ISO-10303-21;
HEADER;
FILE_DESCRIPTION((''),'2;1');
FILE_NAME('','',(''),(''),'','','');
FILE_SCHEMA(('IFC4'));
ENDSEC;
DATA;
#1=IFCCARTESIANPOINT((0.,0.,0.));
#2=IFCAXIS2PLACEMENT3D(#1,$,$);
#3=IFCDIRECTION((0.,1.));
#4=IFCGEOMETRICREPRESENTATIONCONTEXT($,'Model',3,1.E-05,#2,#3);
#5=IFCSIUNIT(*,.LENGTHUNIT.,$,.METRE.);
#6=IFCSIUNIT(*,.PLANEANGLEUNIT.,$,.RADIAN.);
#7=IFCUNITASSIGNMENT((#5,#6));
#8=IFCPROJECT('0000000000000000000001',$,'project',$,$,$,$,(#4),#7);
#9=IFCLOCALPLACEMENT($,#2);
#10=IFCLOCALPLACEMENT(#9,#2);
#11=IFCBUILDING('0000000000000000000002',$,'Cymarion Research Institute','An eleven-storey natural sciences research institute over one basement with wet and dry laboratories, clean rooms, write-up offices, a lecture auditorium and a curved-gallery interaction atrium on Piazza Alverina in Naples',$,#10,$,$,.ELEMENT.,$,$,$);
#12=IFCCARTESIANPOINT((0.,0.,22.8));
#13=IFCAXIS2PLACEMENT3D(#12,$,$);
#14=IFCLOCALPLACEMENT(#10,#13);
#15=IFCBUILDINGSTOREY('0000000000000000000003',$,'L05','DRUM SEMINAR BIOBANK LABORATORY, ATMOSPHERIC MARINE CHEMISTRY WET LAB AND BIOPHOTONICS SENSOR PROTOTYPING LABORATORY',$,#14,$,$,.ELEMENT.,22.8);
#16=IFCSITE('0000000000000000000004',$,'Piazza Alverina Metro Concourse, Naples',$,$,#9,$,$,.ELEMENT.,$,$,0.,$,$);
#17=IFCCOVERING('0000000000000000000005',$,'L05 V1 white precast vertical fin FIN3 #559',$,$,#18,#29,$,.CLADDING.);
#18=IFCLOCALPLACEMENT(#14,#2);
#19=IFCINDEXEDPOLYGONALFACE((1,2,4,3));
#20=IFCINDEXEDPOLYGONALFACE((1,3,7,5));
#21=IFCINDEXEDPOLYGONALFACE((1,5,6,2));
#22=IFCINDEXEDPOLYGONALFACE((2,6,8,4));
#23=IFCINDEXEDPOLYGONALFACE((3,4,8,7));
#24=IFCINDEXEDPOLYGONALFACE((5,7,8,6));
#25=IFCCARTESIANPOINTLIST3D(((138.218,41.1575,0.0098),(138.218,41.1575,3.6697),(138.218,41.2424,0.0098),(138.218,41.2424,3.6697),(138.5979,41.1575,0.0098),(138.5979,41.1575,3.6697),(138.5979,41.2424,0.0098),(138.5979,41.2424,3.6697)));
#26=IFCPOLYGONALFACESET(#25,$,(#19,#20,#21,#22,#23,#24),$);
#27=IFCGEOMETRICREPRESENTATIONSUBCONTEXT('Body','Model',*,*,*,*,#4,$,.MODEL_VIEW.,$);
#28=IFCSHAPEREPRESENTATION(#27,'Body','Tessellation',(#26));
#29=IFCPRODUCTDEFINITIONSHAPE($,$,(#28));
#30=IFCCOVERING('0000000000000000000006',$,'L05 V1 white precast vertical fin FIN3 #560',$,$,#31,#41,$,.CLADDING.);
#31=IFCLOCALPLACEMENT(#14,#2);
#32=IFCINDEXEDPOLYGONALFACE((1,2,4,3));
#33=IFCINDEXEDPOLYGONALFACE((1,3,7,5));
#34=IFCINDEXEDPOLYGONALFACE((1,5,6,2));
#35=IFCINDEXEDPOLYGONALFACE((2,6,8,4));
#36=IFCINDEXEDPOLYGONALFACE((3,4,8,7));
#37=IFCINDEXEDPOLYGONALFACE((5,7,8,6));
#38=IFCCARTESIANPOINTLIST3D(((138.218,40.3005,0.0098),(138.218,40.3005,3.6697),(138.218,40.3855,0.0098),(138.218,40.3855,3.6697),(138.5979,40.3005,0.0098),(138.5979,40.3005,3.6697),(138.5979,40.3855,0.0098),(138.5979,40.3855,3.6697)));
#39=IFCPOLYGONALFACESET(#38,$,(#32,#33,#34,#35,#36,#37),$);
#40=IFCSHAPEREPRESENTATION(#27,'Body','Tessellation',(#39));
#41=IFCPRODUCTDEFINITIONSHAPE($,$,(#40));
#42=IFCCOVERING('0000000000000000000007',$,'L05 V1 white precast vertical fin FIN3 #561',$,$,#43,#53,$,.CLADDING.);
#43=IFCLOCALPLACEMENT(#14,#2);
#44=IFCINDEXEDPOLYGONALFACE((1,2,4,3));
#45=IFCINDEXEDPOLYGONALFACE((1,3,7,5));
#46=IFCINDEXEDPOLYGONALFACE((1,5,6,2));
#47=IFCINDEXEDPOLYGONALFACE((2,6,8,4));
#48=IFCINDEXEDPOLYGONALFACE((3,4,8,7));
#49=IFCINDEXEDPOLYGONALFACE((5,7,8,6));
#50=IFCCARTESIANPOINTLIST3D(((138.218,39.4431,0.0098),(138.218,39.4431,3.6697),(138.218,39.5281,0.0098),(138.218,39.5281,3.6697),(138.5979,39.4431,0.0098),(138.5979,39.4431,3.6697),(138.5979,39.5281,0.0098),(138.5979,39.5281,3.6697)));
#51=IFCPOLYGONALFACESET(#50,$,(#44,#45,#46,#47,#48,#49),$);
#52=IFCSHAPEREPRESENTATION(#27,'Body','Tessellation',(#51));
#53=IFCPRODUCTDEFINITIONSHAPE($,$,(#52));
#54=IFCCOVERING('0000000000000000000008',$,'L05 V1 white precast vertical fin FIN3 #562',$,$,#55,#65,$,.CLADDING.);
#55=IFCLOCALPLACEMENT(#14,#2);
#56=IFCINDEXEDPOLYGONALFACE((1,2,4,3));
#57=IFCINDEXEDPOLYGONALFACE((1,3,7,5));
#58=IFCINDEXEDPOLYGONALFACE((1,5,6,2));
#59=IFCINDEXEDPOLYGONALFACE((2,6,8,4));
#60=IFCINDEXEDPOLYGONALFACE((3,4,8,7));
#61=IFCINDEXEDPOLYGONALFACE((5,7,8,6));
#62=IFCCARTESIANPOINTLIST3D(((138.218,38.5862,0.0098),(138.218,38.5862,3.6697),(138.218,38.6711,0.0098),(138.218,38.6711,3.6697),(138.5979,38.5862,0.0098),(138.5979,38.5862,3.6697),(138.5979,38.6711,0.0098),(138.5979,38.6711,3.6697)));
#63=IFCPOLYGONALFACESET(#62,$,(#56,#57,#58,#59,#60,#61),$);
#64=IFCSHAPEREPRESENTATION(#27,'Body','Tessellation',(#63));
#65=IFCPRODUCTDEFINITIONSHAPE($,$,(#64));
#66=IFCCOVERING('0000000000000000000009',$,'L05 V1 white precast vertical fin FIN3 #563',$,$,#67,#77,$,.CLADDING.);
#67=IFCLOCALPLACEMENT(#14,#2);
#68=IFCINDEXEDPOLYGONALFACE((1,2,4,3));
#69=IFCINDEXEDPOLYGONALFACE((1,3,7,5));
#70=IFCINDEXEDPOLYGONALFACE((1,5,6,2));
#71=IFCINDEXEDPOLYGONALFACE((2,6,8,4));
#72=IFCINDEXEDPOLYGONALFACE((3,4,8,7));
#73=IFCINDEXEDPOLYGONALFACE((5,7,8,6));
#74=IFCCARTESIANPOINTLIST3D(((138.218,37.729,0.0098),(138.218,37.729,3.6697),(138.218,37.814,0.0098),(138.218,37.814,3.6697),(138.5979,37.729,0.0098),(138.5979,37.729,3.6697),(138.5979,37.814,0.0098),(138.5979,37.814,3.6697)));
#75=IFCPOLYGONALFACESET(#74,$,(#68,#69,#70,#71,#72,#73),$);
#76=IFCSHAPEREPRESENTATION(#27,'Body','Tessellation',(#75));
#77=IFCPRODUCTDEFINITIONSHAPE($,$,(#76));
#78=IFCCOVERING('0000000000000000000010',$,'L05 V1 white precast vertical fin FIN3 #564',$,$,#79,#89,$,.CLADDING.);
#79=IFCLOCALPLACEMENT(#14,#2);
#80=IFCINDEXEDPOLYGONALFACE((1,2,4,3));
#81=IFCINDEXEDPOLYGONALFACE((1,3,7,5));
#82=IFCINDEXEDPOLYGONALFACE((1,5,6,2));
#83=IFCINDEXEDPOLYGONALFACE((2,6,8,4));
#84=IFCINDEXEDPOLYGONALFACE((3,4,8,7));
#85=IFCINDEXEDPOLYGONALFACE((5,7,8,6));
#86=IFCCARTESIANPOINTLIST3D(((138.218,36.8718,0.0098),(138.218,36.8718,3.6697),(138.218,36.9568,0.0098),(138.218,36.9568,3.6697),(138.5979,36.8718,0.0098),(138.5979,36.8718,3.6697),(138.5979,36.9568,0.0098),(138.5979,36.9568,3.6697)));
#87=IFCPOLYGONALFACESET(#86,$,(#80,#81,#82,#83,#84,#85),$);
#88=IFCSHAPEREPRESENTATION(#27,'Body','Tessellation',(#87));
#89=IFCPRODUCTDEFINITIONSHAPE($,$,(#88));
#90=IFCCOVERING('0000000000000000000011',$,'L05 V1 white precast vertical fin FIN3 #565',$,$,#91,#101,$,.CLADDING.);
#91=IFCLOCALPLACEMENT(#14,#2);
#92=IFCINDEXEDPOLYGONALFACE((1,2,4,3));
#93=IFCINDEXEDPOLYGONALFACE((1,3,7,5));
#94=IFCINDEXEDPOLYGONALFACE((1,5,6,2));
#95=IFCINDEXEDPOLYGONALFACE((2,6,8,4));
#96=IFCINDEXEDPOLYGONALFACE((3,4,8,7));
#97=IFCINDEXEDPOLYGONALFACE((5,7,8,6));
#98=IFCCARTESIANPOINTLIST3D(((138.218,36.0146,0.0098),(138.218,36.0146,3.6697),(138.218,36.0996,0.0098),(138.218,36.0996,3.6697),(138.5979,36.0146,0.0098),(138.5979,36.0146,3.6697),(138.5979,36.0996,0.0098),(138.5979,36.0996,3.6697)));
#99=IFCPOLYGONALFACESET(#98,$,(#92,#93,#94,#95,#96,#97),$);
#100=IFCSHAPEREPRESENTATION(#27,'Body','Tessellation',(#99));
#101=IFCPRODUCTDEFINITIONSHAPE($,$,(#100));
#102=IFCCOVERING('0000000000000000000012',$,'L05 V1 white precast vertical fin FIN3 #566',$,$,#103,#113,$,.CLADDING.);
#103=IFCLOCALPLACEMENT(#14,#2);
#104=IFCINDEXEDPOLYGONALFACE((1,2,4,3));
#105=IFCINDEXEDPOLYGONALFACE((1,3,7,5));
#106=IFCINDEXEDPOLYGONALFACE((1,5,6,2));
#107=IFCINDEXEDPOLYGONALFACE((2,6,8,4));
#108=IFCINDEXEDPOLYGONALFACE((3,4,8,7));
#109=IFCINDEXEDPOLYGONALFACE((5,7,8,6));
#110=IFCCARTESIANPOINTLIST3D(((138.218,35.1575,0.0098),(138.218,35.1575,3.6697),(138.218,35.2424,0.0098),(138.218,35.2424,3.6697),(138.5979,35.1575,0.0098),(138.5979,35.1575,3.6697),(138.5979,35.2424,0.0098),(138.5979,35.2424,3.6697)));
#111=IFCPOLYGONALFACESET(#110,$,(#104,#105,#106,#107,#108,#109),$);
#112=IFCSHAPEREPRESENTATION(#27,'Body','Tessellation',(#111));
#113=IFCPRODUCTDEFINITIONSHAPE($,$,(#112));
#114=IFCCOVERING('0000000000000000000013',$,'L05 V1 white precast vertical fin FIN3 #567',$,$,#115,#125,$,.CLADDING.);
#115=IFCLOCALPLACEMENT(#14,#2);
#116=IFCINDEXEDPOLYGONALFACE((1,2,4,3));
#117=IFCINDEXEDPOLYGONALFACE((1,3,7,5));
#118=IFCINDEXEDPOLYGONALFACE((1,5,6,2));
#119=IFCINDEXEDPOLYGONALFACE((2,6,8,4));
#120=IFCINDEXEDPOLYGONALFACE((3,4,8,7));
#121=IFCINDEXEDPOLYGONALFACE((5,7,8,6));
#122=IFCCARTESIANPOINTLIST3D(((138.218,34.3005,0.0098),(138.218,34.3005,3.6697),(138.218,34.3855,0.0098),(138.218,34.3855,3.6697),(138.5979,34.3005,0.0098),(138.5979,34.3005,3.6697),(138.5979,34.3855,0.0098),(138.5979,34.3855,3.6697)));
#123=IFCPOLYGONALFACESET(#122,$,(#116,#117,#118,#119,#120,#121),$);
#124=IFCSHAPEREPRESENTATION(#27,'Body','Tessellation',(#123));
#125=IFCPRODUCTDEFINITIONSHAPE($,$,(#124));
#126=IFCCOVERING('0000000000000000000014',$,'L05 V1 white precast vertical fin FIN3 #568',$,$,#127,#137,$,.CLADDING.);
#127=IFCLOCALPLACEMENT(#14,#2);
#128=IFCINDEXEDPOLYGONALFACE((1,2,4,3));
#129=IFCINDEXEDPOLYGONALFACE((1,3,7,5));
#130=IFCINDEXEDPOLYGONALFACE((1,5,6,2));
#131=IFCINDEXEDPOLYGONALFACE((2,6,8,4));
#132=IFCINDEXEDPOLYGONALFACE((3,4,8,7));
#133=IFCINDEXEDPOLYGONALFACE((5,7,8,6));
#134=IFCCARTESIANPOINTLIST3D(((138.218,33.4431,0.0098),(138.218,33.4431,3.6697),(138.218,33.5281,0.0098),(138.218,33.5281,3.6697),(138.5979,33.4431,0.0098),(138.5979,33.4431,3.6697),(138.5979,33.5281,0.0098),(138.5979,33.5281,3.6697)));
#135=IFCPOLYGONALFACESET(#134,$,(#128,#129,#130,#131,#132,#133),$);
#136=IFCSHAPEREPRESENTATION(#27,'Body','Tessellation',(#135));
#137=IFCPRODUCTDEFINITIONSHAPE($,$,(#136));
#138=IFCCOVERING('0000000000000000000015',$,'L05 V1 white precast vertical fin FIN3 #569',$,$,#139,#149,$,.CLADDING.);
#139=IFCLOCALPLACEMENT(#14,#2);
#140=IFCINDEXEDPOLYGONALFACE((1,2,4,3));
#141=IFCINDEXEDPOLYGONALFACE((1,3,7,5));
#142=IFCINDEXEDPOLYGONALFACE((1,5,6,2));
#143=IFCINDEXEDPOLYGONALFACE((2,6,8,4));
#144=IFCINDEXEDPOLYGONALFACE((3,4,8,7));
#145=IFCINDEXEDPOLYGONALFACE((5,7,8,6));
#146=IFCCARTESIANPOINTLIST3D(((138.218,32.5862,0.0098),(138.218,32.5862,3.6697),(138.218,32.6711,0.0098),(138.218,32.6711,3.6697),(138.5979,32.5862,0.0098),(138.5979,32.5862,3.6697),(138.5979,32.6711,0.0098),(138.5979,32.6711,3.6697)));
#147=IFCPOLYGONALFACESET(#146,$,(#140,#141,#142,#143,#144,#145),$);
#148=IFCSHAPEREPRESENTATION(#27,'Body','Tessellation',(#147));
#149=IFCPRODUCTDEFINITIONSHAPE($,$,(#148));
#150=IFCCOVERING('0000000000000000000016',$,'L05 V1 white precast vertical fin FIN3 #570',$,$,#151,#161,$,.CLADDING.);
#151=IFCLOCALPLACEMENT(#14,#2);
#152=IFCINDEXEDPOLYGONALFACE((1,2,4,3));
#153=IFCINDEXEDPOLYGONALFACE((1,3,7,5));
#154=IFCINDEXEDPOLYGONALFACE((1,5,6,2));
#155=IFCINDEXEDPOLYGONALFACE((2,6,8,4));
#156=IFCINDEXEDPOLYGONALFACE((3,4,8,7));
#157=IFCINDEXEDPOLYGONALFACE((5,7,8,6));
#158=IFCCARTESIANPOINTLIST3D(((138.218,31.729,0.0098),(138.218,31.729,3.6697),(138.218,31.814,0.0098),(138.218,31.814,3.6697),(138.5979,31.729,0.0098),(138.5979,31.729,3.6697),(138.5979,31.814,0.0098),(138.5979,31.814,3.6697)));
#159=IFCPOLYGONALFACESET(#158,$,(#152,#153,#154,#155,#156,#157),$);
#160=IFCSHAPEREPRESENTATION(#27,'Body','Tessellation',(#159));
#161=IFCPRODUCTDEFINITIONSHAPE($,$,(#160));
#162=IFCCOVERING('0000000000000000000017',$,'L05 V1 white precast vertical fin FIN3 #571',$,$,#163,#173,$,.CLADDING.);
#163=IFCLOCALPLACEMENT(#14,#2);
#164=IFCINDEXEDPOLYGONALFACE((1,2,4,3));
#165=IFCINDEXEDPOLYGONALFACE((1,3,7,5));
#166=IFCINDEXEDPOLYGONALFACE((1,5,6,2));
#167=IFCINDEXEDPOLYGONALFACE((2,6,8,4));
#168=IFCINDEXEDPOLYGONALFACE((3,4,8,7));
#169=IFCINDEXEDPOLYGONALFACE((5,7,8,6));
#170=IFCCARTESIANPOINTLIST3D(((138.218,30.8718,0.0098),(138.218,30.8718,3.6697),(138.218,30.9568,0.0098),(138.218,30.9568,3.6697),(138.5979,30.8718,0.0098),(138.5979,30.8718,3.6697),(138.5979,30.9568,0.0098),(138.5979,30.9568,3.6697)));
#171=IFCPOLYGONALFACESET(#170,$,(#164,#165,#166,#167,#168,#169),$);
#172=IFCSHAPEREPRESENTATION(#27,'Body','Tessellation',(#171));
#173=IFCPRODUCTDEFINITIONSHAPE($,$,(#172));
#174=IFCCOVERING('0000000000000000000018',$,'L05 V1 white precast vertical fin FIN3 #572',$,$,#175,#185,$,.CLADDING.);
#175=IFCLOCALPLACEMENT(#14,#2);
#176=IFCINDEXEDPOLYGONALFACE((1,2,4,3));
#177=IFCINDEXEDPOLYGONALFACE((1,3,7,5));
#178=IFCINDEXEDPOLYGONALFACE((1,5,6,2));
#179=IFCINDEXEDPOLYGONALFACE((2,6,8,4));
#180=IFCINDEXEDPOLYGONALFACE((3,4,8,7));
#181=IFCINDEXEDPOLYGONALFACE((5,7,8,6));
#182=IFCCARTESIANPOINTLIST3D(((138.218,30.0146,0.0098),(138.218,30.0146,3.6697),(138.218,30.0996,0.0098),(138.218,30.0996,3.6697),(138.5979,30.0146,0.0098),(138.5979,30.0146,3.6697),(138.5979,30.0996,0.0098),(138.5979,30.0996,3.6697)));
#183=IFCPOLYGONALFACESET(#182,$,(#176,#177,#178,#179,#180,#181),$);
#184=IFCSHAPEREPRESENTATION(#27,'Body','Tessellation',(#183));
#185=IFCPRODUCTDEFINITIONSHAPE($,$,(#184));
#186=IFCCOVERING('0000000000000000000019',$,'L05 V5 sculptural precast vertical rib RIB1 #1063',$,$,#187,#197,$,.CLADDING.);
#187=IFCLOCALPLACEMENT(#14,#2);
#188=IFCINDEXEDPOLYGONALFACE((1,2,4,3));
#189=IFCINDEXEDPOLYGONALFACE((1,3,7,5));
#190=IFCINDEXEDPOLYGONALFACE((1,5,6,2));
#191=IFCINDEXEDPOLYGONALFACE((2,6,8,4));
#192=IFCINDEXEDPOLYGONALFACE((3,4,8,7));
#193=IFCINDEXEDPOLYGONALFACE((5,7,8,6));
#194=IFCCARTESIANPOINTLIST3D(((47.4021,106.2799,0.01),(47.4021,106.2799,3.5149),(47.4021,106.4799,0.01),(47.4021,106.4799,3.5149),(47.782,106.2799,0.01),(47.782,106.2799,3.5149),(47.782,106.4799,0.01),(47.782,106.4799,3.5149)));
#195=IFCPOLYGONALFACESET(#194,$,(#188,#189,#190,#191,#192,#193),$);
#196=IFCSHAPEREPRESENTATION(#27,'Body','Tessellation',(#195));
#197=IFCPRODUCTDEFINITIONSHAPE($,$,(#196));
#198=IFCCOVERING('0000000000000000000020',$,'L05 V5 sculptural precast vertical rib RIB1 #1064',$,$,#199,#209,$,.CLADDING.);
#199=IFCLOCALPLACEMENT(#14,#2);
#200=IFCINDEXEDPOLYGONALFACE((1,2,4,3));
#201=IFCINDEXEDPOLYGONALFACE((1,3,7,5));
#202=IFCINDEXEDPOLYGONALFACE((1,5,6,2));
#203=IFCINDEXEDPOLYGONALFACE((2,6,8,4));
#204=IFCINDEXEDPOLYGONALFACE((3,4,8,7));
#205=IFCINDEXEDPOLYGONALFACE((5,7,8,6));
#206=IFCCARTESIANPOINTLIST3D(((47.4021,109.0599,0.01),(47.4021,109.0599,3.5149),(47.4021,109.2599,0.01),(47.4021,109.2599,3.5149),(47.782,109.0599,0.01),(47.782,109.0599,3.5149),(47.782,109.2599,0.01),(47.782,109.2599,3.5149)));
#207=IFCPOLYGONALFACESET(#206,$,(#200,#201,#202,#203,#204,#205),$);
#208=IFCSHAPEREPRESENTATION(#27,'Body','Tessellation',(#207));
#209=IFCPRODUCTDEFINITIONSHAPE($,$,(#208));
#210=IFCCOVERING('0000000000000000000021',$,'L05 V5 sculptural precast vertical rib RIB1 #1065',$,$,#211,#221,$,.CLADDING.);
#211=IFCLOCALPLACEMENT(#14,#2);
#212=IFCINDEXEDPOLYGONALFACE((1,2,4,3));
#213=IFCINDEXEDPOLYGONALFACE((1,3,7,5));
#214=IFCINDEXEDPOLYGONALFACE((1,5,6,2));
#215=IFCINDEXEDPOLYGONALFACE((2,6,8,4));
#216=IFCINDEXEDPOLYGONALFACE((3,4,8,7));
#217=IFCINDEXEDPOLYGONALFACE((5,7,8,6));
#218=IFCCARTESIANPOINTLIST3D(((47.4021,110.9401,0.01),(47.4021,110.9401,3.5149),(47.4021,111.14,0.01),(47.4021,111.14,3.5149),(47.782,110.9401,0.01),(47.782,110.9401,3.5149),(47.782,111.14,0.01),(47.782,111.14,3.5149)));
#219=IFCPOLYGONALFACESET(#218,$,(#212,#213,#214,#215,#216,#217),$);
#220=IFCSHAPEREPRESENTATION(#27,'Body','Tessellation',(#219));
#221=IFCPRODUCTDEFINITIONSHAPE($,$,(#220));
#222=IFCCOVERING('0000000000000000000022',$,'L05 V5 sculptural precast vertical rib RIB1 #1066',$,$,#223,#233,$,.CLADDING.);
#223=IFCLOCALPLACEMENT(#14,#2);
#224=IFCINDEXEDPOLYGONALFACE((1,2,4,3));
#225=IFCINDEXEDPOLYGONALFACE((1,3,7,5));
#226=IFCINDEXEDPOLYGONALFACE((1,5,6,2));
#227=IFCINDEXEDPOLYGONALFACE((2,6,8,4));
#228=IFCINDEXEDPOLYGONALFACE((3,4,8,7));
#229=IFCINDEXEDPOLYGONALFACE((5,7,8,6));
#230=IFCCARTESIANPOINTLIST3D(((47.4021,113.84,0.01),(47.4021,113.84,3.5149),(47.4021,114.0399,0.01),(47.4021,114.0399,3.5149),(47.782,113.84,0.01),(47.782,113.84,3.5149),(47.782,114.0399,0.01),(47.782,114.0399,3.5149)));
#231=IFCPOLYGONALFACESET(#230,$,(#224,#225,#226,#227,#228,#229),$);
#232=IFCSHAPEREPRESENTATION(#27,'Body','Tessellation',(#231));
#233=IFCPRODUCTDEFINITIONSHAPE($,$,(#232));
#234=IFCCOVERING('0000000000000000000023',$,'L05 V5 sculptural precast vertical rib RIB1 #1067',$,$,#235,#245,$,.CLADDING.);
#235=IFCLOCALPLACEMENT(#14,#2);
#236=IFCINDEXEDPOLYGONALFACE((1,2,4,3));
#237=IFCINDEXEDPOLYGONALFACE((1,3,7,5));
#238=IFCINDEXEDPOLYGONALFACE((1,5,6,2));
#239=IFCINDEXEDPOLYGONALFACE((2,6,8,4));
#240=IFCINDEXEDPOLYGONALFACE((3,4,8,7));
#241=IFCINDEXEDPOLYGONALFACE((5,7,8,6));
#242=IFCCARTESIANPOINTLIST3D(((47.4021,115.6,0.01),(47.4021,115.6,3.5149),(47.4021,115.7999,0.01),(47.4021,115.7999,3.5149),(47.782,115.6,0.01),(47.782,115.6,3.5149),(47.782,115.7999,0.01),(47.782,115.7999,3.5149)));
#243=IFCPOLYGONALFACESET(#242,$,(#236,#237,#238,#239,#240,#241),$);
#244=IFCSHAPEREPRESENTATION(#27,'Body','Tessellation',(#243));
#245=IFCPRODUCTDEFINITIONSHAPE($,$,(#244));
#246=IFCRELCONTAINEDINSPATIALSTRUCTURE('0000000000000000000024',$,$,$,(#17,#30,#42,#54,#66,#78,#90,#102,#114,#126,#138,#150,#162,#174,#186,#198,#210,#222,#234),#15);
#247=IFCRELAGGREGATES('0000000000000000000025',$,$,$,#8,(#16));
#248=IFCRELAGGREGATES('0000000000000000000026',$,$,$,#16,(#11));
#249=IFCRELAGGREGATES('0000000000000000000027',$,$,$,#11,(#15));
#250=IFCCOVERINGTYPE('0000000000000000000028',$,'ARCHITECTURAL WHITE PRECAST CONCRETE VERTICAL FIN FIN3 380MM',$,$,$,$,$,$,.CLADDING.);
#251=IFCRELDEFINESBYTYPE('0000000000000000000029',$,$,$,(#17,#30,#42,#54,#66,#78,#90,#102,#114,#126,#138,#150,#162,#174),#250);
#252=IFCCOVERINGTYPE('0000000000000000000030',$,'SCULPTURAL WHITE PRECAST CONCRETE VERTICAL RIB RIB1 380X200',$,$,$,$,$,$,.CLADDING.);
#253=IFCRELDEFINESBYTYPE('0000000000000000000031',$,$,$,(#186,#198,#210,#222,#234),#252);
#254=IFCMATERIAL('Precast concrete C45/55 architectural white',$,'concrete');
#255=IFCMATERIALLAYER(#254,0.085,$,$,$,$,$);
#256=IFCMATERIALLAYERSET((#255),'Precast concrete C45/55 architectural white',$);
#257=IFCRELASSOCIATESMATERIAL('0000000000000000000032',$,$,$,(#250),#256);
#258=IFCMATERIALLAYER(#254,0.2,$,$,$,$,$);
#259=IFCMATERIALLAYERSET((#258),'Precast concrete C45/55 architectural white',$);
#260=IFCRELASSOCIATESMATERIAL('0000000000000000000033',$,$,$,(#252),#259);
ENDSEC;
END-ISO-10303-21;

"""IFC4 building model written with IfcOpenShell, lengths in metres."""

from ifc_helpers import new_model, si_unit, direction, frame, origin, origin_2d, place, context, subcontext, project, spatial, rectangle, extrude, material, layer, layer_set, type_object, element, save


model = new_model("IFC4")

# Units and contexts
model_context = context("Model", 3, precision=1e-05, world=origin(), true_north=direction((0.0, 1.0)))
body_context = subcontext(model_context, "Body", "Model", "MODEL_VIEW")
ifc_project = project(units=[si_unit("LENGTHUNIT", "METRE"), si_unit("PLANEANGLEUNIT", "RADIAN")], contexts=[model_context])

# Site, building, storey
site_placement = place(None, origin())
site = spatial("IfcSite", under=ifc_project, at=site_placement, Name="Piazza Alverina Metro Concourse, Naples", CompositionType="ELEMENT", RefElevation=0.0)
building_placement = place(site_placement, origin())
building = spatial("IfcBuilding", under=site, at=building_placement, Name="Cymarion Research Institute", Description="An eleven-storey natural sciences research institute over one basement with wet and dry laboratories, clean rooms, write-up offices, a lecture auditorium and a curved-gallery interaction atrium on Piazza Alverina in Naples", CompositionType="ELEMENT")
storey_placement = place(building_placement, frame((0.0, 0.0, 22.8)))
storey = spatial("IfcBuildingStorey", under=building, at=storey_placement, Name="L05", Description="DRUM SEMINAR BIOBANK LABORATORY, ATMOSPHERIC MARINE CHEMISTRY WET LAB AND BIOPHOTONICS SENSOR PROTOTYPING LABORATORY", CompositionType="ELEMENT", Elevation=22.8)

# Coverings
ifc_material_1 = material(Name="Precast concrete C45/55 architectural white", Category="concrete")
ifc_layer_1 = layer(ifc_material_1, 0.085)
ifc_layer_set_1 = layer_set([ifc_layer_1], Name="Precast concrete C45/55 architectural white")
covering_type_1 = type_object("IfcCoveringType", Name="ARCHITECTURAL WHITE PRECAST CONCRETE VERTICAL FIN FIN3 380MM", PredefinedType="CLADDING", material=ifc_layer_set_1)
for number, where, z_axis, x_axis, name in (
    (1, (138.408, 41.2, 0.0098), (0.0, 0.0, 1.0), (-1.0, 0.0, 0.0), "L05 V1 white precast vertical fin FIN3 #559"),
    (2, (138.408, 40.343, 0.0098), (0.0, 0.0, 1.0), (-1.0, 0.0, 0.0), "L05 V1 white precast vertical fin FIN3 #560"),
    (3, (138.408, 39.4856, 0.0098), (0.0, 0.0, 1.0), (-1.0, 0.0, 0.0), "L05 V1 white precast vertical fin FIN3 #561"),
    (4, (138.408, 38.6287, 0.0098), (0.0, 0.0, 1.0), (-1.0, 0.0, 0.0), "L05 V1 white precast vertical fin FIN3 #562"),
    (5, (138.408, 37.7715, 0.0098), (0.0, 0.0, 1.0), (-1.0, 0.0, 0.0), "L05 V1 white precast vertical fin FIN3 #563"),
    (6, (138.408, 36.9143, 0.0098), (0.0, 0.0, 1.0), (-1.0, 0.0, 0.0), "L05 V1 white precast vertical fin FIN3 #564"),
    (7, (138.408, 36.0571, 0.0098), (0.0, 0.0, 1.0), (-1.0, 0.0, 0.0), "L05 V1 white precast vertical fin FIN3 #565"),
    (8, (138.408, 35.2, 0.0098), (0.0, 0.0, 1.0), (-1.0, 0.0, 0.0), "L05 V1 white precast vertical fin FIN3 #566"),
    (9, (138.408, 34.343, 0.0098), (0.0, 0.0, 1.0), (-1.0, 0.0, 0.0), "L05 V1 white precast vertical fin FIN3 #567"),
    (10, (138.408, 33.4856, 0.0098), (0.0, 0.0, 1.0), (-1.0, 0.0, 0.0), "L05 V1 white precast vertical fin FIN3 #568"),
    (11, (138.408, 32.6287, 0.0098), (0.0, 0.0, 1.0), (-1.0, 0.0, 0.0), "L05 V1 white precast vertical fin FIN3 #569"),
    (12, (138.408, 31.7715, 0.0098), (0.0, 0.0, 1.0), (-1.0, 0.0, 0.0), "L05 V1 white precast vertical fin FIN3 #570"),
    (13, (138.408, 30.9143, 0.0098), (0.0, 0.0, 1.0), (-1.0, 0.0, 0.0), "L05 V1 white precast vertical fin FIN3 #571"),
    (14, (138.408, 30.0571, 0.0098), (0.0, 0.0, 1.0), (-1.0, 0.0, 0.0), "L05 V1 white precast vertical fin FIN3 #572"),
):
    element("IfcCovering", number, at=place(storey_placement, frame(where, z_axis=z_axis, x_axis=x_axis)), inside=storey, type_object=covering_type_1, Name=name, PredefinedType="CLADDING", context=body_context, shape_type="SweptSolid", body=[
        extrude(rectangle(XDim=0.3799, YDim=0.085, at=origin_2d()), origin(), (0.0, 0.0, 1.0), 3.6599),
    ])
ifc_layer_2 = layer(ifc_material_1, 0.2)
ifc_layer_set_2 = layer_set([ifc_layer_2], Name="Precast concrete C45/55 architectural white")
covering_type_2 = type_object("IfcCoveringType", Name="SCULPTURAL WHITE PRECAST CONCRETE VERTICAL RIB RIB1 380X200", PredefinedType="CLADDING", material=ifc_layer_set_2)
for number, where, z_axis, x_axis, name in (
    (15, (47.592, 106.3799, 0.01), (0.0, 0.0, 1.0), (1.0, 0.0, 0.0), "L05 V5 sculptural precast vertical rib RIB1 #1063"),
    (16, (47.592, 109.1599, 0.01), (0.0, 0.0, 1.0), (1.0, 0.0, 0.0), "L05 V5 sculptural precast vertical rib RIB1 #1064"),
    (17, (47.592, 111.04, 0.01), (0.0, 0.0, 1.0), (1.0, 0.0, 0.0), "L05 V5 sculptural precast vertical rib RIB1 #1065"),
    (18, (47.592, 113.9399, 0.01), (0.0, 0.0, 1.0), (1.0, 0.0, 0.0), "L05 V5 sculptural precast vertical rib RIB1 #1066"),
    (19, (47.592, 115.7, 0.01), (0.0, 0.0, 1.0), (1.0, 0.0, 0.0), "L05 V5 sculptural precast vertical rib RIB1 #1067"),
):
    element("IfcCovering", number, at=place(storey_placement, frame(where, z_axis=z_axis, x_axis=x_axis)), inside=storey, type_object=covering_type_2, Name=name, PredefinedType="CLADDING", context=body_context, shape_type="SweptSolid", body=[
        extrude(rectangle(XDim=0.3799, YDim=0.2, at=origin_2d()), origin(), (0.0, 0.0, 1.0), 3.5049),
    ])

save(model, "model.ifc")
